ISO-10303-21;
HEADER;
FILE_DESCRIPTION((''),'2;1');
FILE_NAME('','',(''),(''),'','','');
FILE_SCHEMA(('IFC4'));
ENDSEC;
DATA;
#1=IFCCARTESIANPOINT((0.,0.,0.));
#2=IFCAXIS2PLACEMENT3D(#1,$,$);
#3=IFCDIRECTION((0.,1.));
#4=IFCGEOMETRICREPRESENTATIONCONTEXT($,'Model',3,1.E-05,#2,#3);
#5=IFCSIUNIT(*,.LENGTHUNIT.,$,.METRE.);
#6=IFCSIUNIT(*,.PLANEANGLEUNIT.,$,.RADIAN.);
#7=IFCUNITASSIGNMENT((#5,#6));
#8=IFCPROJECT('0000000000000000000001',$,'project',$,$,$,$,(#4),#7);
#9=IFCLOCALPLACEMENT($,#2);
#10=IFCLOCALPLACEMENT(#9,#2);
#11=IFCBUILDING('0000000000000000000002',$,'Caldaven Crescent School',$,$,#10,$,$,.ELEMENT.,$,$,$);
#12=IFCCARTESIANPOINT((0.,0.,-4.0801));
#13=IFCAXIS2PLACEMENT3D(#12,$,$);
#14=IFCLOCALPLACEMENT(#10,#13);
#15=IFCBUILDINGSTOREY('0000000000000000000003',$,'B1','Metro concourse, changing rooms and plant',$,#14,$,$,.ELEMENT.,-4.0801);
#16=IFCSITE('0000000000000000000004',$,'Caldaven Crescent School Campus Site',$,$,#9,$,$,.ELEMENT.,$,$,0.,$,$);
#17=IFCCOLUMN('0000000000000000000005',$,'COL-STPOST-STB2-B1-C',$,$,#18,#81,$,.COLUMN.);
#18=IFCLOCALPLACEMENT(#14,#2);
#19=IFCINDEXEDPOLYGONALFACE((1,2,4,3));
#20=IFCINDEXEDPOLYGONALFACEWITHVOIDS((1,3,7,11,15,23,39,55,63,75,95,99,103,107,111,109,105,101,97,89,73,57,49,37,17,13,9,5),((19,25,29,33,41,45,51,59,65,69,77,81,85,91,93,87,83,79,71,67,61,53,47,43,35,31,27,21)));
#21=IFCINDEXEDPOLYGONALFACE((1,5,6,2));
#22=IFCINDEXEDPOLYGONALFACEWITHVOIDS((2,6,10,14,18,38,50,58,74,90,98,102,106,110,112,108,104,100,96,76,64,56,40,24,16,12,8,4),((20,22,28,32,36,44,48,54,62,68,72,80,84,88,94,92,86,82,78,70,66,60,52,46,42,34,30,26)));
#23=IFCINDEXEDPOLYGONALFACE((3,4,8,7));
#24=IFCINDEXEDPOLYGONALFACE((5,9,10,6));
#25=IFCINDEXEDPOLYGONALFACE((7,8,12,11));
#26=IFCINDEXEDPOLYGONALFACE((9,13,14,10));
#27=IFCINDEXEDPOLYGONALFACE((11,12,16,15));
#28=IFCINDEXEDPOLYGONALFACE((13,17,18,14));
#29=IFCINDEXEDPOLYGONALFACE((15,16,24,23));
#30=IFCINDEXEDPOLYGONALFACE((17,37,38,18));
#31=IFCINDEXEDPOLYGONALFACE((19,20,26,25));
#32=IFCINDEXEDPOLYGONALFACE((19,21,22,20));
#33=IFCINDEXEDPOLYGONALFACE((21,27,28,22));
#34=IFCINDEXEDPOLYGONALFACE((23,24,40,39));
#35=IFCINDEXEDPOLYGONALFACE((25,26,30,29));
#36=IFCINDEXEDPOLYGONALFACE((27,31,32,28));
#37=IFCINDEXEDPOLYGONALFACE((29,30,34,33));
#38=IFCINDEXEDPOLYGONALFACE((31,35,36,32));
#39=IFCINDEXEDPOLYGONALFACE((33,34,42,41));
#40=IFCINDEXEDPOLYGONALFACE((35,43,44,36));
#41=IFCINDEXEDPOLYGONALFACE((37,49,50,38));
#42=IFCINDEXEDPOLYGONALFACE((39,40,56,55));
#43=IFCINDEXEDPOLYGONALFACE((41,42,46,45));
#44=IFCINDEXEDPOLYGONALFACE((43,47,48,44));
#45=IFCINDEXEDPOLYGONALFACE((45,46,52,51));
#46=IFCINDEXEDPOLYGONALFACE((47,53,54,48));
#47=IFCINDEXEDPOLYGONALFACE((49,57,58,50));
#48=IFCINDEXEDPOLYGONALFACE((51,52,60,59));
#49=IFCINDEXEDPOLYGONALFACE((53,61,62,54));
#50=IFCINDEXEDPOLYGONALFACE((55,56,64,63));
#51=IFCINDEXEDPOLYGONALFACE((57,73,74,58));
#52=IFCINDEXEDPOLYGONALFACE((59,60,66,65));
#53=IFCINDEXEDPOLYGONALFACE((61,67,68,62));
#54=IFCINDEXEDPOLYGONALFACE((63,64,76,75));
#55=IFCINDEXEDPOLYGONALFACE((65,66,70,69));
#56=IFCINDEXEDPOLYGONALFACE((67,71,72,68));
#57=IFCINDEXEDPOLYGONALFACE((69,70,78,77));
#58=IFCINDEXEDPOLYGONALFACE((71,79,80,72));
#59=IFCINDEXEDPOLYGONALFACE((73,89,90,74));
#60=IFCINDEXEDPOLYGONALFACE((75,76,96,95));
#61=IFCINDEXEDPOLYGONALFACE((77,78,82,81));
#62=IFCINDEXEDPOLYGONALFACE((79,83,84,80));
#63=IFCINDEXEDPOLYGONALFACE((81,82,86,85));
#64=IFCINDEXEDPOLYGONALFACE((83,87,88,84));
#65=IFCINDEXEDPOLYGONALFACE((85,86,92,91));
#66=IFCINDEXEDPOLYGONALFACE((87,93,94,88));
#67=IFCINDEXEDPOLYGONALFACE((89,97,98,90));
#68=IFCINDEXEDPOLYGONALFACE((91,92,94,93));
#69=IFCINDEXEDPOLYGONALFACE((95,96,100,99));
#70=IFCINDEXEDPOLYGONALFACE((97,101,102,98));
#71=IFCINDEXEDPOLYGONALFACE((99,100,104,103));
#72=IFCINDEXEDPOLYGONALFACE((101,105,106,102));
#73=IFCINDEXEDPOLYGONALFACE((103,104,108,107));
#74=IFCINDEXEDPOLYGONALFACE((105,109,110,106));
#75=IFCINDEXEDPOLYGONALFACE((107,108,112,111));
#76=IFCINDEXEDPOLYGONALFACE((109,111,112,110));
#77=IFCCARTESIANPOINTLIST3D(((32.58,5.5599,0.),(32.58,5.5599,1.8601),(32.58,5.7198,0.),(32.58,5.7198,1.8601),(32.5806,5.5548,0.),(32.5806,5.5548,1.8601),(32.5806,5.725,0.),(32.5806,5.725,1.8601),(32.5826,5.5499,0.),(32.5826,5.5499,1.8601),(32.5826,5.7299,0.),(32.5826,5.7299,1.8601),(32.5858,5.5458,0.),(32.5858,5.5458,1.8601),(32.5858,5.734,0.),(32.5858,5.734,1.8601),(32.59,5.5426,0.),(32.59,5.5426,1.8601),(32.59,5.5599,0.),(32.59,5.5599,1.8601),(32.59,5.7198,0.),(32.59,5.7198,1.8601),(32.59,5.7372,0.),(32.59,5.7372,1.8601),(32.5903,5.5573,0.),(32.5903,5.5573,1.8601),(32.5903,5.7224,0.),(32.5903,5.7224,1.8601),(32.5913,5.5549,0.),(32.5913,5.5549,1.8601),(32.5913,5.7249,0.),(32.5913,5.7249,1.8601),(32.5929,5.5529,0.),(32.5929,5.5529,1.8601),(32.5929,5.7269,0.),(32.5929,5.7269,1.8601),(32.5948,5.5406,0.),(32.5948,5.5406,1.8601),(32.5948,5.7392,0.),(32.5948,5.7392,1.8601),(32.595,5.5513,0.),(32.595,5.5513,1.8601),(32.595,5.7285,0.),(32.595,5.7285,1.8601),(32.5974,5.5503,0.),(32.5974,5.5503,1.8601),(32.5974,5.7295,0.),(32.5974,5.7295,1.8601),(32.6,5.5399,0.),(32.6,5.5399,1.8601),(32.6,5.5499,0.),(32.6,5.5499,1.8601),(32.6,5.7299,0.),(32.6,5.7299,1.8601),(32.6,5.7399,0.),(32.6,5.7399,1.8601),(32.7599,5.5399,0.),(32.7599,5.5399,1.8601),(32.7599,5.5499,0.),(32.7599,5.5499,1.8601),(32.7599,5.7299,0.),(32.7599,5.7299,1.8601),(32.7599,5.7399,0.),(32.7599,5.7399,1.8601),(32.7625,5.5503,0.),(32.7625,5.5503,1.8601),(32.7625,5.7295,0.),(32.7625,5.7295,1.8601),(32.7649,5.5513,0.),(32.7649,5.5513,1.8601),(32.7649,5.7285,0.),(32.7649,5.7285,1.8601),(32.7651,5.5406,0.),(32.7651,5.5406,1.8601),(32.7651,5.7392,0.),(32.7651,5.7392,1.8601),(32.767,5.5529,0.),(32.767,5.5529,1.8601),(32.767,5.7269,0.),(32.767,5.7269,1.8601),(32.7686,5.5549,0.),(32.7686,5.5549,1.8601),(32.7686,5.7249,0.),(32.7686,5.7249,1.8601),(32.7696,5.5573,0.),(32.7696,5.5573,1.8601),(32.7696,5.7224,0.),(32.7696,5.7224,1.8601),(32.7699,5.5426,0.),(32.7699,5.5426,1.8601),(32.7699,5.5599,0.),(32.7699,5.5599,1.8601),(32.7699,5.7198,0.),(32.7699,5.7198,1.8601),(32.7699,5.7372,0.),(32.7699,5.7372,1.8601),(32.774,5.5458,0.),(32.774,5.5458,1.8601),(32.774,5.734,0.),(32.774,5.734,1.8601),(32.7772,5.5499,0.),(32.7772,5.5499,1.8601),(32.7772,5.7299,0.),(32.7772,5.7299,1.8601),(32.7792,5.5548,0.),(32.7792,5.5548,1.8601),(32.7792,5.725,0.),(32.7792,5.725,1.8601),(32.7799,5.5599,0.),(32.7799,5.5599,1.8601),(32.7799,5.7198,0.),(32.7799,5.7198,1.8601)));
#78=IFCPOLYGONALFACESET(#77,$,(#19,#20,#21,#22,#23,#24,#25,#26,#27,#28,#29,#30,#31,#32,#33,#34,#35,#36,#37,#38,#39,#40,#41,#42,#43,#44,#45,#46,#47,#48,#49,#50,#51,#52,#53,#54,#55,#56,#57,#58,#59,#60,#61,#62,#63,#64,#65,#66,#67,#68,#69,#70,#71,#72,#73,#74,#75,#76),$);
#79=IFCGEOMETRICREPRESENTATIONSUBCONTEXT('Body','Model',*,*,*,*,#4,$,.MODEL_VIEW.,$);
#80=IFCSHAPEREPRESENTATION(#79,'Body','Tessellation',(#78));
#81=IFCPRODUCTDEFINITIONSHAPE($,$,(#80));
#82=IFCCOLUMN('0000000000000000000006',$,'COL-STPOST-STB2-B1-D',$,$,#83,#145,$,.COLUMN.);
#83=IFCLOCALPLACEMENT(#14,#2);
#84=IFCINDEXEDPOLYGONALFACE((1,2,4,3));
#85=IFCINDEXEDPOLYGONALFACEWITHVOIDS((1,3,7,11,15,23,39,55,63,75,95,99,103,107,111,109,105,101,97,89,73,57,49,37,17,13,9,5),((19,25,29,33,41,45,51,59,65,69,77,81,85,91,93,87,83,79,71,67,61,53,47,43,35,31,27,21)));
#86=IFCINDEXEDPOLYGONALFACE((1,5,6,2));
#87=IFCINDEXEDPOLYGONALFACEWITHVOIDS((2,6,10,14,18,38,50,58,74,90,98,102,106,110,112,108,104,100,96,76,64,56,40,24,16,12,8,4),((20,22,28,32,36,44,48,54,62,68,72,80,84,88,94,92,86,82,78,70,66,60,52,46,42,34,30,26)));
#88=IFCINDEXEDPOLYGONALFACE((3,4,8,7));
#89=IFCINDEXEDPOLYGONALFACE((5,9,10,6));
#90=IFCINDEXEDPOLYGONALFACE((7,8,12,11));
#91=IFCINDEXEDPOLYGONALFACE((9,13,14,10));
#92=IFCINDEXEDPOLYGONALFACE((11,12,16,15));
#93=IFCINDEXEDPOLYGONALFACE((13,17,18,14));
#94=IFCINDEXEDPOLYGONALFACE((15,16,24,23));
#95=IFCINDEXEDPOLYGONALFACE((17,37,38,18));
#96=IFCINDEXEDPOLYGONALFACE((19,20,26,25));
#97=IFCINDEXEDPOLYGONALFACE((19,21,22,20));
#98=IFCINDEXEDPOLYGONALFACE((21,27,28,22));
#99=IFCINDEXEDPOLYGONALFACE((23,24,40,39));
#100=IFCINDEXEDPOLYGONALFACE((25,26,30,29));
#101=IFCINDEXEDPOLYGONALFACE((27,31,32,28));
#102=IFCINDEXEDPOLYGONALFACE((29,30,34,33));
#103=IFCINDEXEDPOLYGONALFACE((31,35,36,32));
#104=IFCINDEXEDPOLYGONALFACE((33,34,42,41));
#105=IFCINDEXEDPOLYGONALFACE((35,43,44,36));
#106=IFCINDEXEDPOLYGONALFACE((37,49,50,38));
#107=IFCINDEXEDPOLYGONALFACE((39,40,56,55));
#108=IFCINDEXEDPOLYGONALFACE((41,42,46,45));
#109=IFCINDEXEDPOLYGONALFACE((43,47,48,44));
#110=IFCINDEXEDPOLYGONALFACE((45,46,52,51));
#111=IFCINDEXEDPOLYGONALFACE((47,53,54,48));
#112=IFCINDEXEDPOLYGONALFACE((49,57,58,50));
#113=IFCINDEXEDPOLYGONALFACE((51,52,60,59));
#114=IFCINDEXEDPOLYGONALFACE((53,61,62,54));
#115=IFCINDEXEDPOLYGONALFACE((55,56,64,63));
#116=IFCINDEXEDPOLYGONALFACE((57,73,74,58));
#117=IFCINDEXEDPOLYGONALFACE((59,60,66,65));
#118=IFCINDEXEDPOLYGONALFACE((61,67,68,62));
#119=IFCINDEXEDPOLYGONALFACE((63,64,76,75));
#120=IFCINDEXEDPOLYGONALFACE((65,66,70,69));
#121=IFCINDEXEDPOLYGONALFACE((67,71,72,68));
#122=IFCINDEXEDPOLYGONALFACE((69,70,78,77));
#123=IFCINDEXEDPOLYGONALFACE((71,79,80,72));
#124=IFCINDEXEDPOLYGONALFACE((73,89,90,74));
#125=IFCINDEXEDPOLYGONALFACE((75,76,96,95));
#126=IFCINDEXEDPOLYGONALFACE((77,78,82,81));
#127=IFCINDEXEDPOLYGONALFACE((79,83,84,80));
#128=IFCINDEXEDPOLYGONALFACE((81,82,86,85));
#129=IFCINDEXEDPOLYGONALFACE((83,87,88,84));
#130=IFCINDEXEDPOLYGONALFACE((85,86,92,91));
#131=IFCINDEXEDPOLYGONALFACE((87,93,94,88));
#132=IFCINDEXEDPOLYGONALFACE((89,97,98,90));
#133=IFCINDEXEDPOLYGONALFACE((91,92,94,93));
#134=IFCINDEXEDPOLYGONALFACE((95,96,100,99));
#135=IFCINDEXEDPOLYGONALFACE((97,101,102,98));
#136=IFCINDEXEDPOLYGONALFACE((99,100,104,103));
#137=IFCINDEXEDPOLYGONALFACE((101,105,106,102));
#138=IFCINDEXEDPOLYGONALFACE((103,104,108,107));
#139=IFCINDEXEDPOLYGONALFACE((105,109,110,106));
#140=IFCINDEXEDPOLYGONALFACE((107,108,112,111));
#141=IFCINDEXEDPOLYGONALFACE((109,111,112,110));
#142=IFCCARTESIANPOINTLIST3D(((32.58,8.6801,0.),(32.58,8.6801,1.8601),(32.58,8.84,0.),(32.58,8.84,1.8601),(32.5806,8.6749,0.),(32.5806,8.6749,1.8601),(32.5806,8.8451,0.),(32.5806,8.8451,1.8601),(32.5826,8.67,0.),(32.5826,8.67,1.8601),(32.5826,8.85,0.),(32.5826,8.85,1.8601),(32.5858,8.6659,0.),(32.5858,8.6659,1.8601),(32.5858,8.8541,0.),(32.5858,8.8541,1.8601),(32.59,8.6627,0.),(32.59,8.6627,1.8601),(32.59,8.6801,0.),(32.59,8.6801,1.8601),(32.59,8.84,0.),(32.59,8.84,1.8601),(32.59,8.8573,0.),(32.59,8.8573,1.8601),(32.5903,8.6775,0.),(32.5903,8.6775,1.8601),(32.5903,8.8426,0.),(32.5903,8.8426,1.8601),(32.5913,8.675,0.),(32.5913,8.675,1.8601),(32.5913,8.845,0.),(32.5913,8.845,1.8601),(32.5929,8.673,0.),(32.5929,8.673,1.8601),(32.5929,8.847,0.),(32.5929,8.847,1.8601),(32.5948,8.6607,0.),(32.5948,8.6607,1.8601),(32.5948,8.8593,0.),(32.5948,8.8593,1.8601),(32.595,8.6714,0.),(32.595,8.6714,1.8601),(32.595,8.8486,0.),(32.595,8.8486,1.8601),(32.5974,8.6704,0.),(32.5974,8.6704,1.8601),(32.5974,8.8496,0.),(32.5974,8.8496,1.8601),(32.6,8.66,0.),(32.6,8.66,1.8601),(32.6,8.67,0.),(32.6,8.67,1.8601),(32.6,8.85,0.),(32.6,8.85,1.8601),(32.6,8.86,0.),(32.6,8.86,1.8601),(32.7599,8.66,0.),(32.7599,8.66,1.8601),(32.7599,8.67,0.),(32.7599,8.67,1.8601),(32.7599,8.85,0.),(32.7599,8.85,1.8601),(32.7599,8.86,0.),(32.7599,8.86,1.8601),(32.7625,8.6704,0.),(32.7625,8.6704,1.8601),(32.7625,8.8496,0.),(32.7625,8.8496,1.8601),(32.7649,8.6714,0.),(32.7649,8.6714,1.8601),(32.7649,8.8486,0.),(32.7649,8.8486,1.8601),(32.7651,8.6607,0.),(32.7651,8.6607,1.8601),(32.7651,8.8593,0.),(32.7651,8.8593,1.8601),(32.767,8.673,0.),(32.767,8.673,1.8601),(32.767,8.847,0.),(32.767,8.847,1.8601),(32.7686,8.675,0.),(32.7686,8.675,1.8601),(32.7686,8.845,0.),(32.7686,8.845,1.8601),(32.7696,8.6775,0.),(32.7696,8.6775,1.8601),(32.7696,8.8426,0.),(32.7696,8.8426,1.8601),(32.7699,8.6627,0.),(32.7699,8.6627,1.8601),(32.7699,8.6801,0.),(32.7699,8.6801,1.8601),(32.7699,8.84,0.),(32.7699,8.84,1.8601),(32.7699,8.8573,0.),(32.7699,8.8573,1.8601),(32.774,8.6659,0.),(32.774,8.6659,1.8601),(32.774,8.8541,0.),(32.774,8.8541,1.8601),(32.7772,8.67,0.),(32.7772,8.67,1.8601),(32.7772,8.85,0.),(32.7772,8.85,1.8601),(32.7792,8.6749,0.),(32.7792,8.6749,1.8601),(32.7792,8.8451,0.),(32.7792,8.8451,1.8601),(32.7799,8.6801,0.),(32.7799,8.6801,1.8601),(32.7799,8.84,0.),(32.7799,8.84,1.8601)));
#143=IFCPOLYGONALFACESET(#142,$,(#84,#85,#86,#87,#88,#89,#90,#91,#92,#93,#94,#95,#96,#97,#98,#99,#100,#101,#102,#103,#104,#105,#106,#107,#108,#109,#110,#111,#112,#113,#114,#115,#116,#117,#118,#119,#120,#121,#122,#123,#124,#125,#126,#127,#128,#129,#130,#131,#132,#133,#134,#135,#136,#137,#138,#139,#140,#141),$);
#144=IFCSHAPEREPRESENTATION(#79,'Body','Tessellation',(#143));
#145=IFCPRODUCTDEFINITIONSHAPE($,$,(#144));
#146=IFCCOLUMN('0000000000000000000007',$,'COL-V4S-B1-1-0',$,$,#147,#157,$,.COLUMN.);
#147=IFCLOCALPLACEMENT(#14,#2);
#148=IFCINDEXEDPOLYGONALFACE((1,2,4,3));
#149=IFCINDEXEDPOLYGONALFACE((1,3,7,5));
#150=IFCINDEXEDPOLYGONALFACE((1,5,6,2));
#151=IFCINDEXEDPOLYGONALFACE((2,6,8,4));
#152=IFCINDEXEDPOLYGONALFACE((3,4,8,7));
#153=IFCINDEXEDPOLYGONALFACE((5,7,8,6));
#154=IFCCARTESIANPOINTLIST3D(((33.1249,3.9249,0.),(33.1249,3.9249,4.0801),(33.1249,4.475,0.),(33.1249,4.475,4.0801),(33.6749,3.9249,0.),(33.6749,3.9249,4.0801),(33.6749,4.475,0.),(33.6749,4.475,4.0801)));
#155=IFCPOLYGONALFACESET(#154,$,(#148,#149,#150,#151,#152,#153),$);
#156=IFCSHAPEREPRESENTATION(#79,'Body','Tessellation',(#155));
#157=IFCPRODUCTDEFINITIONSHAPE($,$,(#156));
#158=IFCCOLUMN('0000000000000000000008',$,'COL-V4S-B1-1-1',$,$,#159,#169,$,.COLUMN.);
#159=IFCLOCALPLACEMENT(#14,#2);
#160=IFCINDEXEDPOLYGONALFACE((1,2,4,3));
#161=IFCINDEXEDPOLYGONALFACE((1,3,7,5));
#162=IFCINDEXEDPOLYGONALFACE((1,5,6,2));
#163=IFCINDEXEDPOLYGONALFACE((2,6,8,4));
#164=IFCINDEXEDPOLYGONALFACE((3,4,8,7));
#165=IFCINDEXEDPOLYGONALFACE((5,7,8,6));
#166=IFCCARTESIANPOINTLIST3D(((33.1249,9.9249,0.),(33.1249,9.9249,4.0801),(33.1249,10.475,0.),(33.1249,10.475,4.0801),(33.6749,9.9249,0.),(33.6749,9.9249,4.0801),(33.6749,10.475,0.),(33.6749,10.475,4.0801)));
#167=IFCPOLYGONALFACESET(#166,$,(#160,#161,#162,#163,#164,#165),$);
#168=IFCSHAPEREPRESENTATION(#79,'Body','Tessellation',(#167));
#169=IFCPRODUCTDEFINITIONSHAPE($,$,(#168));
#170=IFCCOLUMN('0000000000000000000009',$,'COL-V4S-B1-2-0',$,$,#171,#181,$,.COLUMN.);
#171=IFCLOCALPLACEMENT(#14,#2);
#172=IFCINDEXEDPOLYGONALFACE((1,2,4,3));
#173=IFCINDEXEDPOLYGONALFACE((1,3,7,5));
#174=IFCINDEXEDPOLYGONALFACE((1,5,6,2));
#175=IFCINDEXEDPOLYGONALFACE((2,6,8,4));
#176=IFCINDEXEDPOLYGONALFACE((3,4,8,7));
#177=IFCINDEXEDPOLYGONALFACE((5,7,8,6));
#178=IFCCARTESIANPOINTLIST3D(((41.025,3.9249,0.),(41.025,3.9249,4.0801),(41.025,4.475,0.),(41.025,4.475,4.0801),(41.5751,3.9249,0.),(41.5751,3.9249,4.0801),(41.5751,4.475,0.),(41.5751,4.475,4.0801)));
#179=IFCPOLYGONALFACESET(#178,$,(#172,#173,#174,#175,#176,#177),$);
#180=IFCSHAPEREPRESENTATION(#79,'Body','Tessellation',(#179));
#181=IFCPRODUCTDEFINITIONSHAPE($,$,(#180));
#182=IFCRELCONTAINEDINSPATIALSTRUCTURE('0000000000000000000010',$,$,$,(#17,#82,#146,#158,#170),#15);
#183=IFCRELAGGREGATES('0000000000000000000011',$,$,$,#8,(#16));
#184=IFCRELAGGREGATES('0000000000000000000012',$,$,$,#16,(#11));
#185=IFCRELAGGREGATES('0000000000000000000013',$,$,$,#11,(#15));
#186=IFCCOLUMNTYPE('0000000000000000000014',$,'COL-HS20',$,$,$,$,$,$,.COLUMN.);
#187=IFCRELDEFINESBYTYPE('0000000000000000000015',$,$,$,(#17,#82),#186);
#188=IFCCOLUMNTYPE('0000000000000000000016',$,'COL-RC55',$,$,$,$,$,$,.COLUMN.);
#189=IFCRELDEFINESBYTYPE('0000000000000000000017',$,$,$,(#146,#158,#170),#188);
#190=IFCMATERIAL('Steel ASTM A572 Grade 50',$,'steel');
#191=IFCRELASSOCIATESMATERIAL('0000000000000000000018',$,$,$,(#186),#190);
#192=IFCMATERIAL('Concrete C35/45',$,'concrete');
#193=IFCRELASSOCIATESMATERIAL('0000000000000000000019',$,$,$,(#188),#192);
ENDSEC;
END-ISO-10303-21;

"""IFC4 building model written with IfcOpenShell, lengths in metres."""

from ifc_helpers import new_model, si_unit, direction, frame, origin, origin_2d, place, context, subcontext, project, spatial, rectangle, hollow_rectangle, extrude, material, material_profile, profile_set, type_object, element, save


model = new_model("IFC4")

# Units and contexts
model_context = context("Model", 3, precision=1e-05, world=origin(), true_north=direction((0.0, 1.0)))
body_context = subcontext(model_context, "Body", "Model", "MODEL_VIEW")
ifc_project = project(units=[si_unit("LENGTHUNIT", "METRE"), si_unit("PLANEANGLEUNIT", "RADIAN")], contexts=[model_context])

# Site, building, storey
site_placement = place(None, origin())
site = spatial("IfcSite", under=ifc_project, at=site_placement, Name="Caldaven Crescent School Campus Site", CompositionType="ELEMENT", RefElevation=0.0)
building_placement = place(site_placement, origin())
building = spatial("IfcBuilding", under=site, at=building_placement, Name="Caldaven Crescent School", CompositionType="ELEMENT")
storey_placement = place(building_placement, frame((0.0, 0.0, -4.0801)))
storey = spatial("IfcBuildingStorey", under=building, at=storey_placement, Name="B1", Description="Metro concourse, changing rooms and plant", CompositionType="ELEMENT", Elevation=-4.0801)

# Shared definitions
ifc_material_1 = material(Name="Concrete C35/45", Category="concrete")

# Columns
ifc_material_2 = material(Name="Steel ASTM A572 Grade 50", Category="steel")
ifc_material_profile_1 = material_profile(ifc_material_2, hollow_rectangle(XDim=0.2, YDim=0.2, WallThickness=0.01, InnerFilletRadius=0.01, OuterFilletRadius=0.02, at=origin_2d()), Name="HSS 200x200x10")
ifc_profile_set_1 = profile_set([ifc_material_profile_1], Name="Steel ASTM A572 Grade 50")
column_type_1 = type_object("IfcColumnType", Name="COL-HS20", PredefinedType="COLUMN", material=ifc_profile_set_1)
for number, where, z_axis, x_axis, name in (
    (1, (32.6799, 5.6399, 0.0), (0.0, 0.0, 1.0), (1.0, 0.0, 0.0), "COL-STPOST-STB2-B1-C"),
    (2, (32.6799, 8.76, 0.0), (0.0, 0.0, 1.0), (1.0, 0.0, 0.0), "COL-STPOST-STB2-B1-D"),
):
    element("IfcColumn", number, at=place(storey_placement, frame(where, z_axis=z_axis, x_axis=x_axis)), inside=storey, type_object=column_type_1, Name=name, PredefinedType="COLUMN", context=body_context, shape_type="SweptSolid", body=[
        extrude(hollow_rectangle(XDim=0.2, YDim=0.2, WallThickness=0.01, InnerFilletRadius=0.01, OuterFilletRadius=0.02, at=origin_2d()), origin(), (0.0, 0.0, 1.0), 1.8601),
    ])
ifc_material_profile_2 = material_profile(ifc_material_1, rectangle(XDim=0.55, YDim=0.55, at=origin_2d()), Name="RC 550x550")
ifc_profile_set_2 = profile_set([ifc_material_profile_2], Name="Concrete C35/45")
column_type_2 = type_object("IfcColumnType", Name="COL-RC55", PredefinedType="COLUMN", material=ifc_profile_set_2)
for number, where, z_axis, x_axis, name in (
    (3, (33.3999, 4.2, 0.0), (0.0, 0.0, 1.0), (1.0, 0.0, 0.0), "COL-V4S-B1-1-0"),
    (4, (33.3999, 10.2, 0.0), (0.0, 0.0, 1.0), (1.0, 0.0, 0.0), "COL-V4S-B1-1-1"),
    (5, (41.3, 4.2, 0.0), (0.0, 0.0, 1.0), (1.0, 0.0, 0.0), "COL-V4S-B1-2-0"),
):
    element("IfcColumn", number, at=place(storey_placement, frame(where, z_axis=z_axis, x_axis=x_axis)), inside=storey, type_object=column_type_2, Name=name, PredefinedType="COLUMN", context=body_context, shape_type="SweptSolid", body=[
        extrude(rectangle(XDim=0.55, YDim=0.55, at=origin_2d()), origin(), (0.0, 0.0, 1.0), 4.0801),
    ])

save(model, "model.ifc")
